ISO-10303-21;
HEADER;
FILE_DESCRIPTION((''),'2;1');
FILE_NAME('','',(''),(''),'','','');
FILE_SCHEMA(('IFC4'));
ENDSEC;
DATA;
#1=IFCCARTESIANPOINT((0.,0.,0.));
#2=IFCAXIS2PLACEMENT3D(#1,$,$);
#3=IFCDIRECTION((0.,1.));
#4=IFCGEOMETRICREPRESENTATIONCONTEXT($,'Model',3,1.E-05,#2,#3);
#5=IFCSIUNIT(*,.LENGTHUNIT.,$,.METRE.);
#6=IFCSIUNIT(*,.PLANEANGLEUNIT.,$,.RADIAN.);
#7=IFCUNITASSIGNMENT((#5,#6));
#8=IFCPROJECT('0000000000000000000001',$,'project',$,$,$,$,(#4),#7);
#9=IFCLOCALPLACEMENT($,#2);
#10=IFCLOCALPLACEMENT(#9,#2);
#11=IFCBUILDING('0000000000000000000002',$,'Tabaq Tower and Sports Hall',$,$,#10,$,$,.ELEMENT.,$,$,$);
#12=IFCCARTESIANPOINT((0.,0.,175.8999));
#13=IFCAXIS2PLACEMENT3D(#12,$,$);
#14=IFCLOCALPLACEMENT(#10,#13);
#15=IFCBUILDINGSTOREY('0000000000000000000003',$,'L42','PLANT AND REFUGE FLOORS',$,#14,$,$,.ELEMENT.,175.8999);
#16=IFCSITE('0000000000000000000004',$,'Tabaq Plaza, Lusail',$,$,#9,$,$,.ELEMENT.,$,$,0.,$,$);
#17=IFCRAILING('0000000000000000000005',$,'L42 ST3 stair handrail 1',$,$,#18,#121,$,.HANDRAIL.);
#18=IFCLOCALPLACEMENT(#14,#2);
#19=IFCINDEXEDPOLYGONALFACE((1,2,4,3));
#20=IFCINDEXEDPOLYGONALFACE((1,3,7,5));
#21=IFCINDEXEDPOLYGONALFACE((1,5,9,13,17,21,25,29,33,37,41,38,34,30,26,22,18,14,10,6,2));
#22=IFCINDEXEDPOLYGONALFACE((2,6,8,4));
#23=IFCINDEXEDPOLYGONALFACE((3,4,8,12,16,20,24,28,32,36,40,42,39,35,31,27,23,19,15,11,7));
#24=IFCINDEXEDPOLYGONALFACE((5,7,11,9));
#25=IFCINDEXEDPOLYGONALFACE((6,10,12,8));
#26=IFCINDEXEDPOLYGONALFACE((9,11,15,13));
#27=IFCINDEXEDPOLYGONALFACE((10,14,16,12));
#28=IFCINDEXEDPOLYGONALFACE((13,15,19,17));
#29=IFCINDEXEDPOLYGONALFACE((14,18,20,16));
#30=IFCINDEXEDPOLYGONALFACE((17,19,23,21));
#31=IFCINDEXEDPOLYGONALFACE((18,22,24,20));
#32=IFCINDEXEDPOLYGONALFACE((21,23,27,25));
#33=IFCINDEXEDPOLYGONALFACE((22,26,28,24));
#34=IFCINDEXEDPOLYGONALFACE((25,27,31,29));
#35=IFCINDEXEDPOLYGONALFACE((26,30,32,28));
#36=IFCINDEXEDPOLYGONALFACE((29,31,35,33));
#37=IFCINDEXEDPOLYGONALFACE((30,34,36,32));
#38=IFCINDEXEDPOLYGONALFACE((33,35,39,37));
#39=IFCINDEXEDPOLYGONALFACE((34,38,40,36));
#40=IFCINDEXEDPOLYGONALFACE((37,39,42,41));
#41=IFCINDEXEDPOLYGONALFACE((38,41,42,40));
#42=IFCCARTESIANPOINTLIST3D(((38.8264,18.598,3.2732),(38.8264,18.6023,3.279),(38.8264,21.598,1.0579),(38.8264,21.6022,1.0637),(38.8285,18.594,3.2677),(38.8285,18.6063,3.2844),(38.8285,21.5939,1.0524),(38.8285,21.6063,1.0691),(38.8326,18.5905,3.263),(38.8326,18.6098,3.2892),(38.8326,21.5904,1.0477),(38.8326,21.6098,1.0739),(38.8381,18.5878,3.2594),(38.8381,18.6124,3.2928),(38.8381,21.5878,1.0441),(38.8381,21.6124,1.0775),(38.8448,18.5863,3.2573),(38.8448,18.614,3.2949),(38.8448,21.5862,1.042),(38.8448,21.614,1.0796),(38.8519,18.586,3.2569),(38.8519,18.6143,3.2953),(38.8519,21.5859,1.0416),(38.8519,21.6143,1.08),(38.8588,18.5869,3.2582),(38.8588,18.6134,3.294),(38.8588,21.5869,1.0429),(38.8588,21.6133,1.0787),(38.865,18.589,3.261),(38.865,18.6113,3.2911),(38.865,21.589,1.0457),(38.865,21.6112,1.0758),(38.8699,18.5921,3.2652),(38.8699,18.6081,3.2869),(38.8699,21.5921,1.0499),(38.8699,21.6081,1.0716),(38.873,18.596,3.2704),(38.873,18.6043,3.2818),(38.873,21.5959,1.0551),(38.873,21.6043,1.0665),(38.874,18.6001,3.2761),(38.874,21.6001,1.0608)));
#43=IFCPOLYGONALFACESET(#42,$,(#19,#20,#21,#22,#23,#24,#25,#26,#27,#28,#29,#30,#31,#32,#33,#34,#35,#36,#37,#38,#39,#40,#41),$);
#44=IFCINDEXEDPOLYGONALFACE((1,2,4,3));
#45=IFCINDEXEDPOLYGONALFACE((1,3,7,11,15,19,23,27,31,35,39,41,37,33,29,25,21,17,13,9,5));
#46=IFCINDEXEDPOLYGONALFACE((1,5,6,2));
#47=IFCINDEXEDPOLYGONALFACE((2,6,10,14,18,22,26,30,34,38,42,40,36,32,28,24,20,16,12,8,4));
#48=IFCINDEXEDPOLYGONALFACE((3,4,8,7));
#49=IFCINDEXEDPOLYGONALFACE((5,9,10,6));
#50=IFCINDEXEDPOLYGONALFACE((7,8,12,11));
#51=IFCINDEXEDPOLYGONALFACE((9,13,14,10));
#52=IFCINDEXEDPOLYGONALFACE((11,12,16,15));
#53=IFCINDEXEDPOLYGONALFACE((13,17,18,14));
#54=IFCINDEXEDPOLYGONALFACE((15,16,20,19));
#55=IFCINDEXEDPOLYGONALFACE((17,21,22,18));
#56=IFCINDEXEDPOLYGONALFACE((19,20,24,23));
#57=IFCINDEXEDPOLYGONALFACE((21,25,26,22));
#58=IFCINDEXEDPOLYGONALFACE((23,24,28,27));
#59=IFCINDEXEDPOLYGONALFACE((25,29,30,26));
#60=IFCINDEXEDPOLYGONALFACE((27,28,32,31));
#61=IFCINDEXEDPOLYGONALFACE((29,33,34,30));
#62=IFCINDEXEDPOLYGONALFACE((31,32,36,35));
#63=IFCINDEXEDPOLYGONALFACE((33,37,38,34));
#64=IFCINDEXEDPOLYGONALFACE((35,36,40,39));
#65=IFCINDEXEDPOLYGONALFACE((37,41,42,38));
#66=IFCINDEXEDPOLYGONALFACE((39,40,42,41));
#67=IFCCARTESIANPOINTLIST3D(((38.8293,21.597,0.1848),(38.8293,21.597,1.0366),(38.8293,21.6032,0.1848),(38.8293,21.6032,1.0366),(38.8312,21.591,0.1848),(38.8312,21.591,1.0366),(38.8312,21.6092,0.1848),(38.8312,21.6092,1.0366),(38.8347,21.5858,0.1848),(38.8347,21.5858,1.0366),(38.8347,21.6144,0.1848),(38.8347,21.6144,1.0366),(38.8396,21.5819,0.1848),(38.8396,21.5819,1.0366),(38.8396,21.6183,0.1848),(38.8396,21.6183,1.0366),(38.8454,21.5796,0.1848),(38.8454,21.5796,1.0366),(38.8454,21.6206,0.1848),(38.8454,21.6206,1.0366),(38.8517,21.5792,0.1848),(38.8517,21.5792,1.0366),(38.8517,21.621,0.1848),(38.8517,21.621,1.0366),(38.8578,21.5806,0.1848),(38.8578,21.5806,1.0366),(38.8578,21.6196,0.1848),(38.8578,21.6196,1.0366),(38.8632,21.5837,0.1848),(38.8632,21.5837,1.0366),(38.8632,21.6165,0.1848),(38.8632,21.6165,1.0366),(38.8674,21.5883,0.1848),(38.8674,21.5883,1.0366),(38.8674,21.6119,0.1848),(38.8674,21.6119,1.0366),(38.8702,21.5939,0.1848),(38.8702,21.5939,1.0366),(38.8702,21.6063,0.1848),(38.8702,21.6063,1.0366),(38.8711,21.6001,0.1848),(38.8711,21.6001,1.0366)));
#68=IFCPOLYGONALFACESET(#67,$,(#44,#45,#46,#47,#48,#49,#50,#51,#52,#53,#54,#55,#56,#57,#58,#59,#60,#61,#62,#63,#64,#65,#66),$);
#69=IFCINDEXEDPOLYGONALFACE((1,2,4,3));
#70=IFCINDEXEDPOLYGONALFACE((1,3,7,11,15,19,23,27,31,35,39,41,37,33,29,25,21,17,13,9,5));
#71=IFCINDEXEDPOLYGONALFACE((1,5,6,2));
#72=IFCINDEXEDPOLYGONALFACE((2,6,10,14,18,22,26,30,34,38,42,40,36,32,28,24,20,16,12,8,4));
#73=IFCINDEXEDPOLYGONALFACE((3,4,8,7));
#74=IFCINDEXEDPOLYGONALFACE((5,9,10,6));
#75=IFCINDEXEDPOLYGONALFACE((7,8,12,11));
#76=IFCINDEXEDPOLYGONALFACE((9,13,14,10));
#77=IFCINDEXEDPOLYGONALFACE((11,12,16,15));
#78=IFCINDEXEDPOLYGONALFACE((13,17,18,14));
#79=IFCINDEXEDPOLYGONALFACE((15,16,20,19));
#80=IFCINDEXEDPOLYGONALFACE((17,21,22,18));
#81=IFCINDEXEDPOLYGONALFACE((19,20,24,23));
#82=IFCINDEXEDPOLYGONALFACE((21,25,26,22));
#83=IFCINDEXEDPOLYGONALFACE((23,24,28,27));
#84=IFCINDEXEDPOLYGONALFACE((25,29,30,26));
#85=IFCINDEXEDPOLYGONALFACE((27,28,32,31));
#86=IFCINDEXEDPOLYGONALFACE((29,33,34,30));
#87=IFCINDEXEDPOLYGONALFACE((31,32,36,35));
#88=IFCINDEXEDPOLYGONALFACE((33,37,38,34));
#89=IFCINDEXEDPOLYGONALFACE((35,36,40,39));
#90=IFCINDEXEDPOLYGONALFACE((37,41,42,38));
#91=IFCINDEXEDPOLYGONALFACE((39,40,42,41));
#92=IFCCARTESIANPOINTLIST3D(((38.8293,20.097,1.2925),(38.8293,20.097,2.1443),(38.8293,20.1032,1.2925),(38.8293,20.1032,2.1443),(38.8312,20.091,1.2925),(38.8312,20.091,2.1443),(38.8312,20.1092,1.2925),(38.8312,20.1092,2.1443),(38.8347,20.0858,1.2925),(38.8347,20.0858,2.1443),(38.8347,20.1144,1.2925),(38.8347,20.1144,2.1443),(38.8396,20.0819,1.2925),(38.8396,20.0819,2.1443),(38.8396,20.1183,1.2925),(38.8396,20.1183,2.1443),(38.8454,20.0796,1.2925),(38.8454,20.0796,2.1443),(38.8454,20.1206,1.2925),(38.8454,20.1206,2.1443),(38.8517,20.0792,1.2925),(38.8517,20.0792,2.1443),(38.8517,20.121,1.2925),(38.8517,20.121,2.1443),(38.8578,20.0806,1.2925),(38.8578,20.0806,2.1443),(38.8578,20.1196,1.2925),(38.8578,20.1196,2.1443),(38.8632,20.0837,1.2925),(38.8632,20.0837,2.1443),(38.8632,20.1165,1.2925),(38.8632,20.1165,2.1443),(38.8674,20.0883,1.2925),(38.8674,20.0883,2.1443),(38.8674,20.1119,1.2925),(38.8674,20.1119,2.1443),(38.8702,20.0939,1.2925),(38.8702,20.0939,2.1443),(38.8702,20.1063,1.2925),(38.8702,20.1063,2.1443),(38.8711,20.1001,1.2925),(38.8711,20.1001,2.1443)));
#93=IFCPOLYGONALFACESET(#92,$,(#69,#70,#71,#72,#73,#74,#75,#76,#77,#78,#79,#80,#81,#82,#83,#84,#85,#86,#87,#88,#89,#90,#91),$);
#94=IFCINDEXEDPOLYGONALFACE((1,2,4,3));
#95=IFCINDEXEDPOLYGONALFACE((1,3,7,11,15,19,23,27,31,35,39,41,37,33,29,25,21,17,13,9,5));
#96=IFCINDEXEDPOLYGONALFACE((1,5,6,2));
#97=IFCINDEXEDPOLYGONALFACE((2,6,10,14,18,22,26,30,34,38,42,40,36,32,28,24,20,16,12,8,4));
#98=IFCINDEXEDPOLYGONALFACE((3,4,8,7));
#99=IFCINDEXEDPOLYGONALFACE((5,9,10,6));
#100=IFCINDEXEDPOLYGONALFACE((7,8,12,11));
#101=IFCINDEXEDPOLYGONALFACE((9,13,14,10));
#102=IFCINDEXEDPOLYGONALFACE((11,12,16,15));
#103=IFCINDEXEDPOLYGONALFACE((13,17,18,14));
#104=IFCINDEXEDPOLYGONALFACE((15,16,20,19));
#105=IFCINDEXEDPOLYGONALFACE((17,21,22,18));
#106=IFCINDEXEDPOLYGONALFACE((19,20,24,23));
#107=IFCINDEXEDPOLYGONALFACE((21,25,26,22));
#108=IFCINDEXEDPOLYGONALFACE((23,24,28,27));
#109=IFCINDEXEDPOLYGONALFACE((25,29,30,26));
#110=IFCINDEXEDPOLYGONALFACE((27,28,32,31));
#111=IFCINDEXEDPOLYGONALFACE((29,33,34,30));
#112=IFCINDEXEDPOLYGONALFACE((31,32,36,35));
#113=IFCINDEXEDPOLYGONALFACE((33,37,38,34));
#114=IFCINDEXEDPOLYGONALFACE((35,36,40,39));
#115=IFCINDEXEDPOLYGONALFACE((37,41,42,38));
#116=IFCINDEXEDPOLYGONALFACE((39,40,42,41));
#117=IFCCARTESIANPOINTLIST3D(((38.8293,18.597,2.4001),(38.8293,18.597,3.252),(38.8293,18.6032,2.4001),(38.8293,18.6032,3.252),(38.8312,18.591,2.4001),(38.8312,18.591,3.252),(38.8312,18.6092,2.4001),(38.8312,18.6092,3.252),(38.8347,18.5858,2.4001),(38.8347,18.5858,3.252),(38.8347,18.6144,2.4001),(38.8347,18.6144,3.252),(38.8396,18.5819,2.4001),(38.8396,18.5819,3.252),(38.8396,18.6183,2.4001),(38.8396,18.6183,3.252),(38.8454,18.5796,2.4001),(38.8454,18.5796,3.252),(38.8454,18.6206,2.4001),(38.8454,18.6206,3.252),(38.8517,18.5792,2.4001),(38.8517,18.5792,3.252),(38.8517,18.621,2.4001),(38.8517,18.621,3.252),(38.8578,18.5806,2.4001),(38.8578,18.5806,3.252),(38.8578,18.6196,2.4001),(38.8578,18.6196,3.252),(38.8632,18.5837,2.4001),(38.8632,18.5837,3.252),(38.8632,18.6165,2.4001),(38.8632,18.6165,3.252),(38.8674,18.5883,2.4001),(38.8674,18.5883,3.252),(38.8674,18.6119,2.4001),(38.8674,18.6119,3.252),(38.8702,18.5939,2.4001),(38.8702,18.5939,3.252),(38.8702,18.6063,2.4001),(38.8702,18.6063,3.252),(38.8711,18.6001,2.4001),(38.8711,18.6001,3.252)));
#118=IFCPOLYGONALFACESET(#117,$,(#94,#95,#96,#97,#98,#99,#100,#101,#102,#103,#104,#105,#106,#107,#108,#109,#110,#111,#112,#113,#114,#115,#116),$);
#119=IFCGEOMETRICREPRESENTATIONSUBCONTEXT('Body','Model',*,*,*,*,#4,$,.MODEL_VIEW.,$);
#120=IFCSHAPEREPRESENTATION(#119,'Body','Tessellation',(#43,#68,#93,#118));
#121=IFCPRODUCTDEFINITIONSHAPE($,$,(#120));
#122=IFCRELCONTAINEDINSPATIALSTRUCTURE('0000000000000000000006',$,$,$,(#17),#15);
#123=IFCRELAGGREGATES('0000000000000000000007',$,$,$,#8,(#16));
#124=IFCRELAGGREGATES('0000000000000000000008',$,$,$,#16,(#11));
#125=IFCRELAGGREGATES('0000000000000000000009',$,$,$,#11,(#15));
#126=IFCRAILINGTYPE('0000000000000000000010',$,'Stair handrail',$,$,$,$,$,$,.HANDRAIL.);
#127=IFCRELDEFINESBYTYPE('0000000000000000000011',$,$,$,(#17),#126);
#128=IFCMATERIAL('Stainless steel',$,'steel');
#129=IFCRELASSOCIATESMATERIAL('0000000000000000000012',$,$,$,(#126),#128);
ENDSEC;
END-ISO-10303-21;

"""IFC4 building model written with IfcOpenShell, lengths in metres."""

from ifc_helpers import new_model, si_unit, direction, frame, origin, origin_2d, place, context, subcontext, project, spatial, circle, extrude, material, type_object, element, save


model = new_model("IFC4")

# Units and contexts
model_context = context("Model", 3, precision=1e-05, world=origin(), true_north=direction((0.0, 1.0)))
body_context = subcontext(model_context, "Body", "Model", "MODEL_VIEW")
ifc_project = project(units=[si_unit("LENGTHUNIT", "METRE"), si_unit("PLANEANGLEUNIT", "RADIAN")], contexts=[model_context])

# Site, building, storey
site_placement = place(None, origin())
site = spatial("IfcSite", under=ifc_project, at=site_placement, Name="Tabaq Plaza, Lusail", CompositionType="ELEMENT", RefElevation=0.0)
building_placement = place(site_placement, origin())
building = spatial("IfcBuilding", under=site, at=building_placement, Name="Tabaq Tower and Sports Hall", CompositionType="ELEMENT")
storey_placement = place(building_placement, frame((0.0, 0.0, 175.8999)))
storey = spatial("IfcBuildingStorey", under=building, at=storey_placement, Name="L42", Description="PLANT AND REFUGE FLOORS", CompositionType="ELEMENT", Elevation=175.8999)

# Railing
ifc_material_1 = material(Name="Stainless steel", Category="steel")
railing_type_1 = type_object("IfcRailingType", Name="Stair handrail", PredefinedType="HANDRAIL", material=ifc_material_1)
railing_1_placement = place(storey_placement, frame((38.8501, 21.6001, 0.1848)))
element("IfcRailing", 1, at=railing_1_placement, inside=storey, type_object=railing_type_1, Name="L42 ST3 stair handrail 1", PredefinedType="HANDRAIL", context=body_context, shape_type="SweptSolid", body=[
    extrude(circle(Radius=0.0239, at=origin_2d()), frame((0.0, 0.0, 0.876), z_axis=(0.0, -0.80444, 0.594034), x_axis=(1.0, 0.0, 0.0)), (0.0, 0.0, 1.0), 3.7292),
    extrude(circle(Radius=0.021, at=origin_2d()), origin(), (0.0, 0.0, 1.0), 0.8518),
    extrude(circle(Radius=0.021, at=origin_2d()), frame((0.0, -1.5, 1.1077)), (0.0, 0.0, 1.0), 0.8518),
    extrude(circle(Radius=0.021, at=origin_2d()), frame((0.0, -3.0, 2.2153)), (0.0, 0.0, 1.0), 0.8518),
])

save(model, "model.ifc")
